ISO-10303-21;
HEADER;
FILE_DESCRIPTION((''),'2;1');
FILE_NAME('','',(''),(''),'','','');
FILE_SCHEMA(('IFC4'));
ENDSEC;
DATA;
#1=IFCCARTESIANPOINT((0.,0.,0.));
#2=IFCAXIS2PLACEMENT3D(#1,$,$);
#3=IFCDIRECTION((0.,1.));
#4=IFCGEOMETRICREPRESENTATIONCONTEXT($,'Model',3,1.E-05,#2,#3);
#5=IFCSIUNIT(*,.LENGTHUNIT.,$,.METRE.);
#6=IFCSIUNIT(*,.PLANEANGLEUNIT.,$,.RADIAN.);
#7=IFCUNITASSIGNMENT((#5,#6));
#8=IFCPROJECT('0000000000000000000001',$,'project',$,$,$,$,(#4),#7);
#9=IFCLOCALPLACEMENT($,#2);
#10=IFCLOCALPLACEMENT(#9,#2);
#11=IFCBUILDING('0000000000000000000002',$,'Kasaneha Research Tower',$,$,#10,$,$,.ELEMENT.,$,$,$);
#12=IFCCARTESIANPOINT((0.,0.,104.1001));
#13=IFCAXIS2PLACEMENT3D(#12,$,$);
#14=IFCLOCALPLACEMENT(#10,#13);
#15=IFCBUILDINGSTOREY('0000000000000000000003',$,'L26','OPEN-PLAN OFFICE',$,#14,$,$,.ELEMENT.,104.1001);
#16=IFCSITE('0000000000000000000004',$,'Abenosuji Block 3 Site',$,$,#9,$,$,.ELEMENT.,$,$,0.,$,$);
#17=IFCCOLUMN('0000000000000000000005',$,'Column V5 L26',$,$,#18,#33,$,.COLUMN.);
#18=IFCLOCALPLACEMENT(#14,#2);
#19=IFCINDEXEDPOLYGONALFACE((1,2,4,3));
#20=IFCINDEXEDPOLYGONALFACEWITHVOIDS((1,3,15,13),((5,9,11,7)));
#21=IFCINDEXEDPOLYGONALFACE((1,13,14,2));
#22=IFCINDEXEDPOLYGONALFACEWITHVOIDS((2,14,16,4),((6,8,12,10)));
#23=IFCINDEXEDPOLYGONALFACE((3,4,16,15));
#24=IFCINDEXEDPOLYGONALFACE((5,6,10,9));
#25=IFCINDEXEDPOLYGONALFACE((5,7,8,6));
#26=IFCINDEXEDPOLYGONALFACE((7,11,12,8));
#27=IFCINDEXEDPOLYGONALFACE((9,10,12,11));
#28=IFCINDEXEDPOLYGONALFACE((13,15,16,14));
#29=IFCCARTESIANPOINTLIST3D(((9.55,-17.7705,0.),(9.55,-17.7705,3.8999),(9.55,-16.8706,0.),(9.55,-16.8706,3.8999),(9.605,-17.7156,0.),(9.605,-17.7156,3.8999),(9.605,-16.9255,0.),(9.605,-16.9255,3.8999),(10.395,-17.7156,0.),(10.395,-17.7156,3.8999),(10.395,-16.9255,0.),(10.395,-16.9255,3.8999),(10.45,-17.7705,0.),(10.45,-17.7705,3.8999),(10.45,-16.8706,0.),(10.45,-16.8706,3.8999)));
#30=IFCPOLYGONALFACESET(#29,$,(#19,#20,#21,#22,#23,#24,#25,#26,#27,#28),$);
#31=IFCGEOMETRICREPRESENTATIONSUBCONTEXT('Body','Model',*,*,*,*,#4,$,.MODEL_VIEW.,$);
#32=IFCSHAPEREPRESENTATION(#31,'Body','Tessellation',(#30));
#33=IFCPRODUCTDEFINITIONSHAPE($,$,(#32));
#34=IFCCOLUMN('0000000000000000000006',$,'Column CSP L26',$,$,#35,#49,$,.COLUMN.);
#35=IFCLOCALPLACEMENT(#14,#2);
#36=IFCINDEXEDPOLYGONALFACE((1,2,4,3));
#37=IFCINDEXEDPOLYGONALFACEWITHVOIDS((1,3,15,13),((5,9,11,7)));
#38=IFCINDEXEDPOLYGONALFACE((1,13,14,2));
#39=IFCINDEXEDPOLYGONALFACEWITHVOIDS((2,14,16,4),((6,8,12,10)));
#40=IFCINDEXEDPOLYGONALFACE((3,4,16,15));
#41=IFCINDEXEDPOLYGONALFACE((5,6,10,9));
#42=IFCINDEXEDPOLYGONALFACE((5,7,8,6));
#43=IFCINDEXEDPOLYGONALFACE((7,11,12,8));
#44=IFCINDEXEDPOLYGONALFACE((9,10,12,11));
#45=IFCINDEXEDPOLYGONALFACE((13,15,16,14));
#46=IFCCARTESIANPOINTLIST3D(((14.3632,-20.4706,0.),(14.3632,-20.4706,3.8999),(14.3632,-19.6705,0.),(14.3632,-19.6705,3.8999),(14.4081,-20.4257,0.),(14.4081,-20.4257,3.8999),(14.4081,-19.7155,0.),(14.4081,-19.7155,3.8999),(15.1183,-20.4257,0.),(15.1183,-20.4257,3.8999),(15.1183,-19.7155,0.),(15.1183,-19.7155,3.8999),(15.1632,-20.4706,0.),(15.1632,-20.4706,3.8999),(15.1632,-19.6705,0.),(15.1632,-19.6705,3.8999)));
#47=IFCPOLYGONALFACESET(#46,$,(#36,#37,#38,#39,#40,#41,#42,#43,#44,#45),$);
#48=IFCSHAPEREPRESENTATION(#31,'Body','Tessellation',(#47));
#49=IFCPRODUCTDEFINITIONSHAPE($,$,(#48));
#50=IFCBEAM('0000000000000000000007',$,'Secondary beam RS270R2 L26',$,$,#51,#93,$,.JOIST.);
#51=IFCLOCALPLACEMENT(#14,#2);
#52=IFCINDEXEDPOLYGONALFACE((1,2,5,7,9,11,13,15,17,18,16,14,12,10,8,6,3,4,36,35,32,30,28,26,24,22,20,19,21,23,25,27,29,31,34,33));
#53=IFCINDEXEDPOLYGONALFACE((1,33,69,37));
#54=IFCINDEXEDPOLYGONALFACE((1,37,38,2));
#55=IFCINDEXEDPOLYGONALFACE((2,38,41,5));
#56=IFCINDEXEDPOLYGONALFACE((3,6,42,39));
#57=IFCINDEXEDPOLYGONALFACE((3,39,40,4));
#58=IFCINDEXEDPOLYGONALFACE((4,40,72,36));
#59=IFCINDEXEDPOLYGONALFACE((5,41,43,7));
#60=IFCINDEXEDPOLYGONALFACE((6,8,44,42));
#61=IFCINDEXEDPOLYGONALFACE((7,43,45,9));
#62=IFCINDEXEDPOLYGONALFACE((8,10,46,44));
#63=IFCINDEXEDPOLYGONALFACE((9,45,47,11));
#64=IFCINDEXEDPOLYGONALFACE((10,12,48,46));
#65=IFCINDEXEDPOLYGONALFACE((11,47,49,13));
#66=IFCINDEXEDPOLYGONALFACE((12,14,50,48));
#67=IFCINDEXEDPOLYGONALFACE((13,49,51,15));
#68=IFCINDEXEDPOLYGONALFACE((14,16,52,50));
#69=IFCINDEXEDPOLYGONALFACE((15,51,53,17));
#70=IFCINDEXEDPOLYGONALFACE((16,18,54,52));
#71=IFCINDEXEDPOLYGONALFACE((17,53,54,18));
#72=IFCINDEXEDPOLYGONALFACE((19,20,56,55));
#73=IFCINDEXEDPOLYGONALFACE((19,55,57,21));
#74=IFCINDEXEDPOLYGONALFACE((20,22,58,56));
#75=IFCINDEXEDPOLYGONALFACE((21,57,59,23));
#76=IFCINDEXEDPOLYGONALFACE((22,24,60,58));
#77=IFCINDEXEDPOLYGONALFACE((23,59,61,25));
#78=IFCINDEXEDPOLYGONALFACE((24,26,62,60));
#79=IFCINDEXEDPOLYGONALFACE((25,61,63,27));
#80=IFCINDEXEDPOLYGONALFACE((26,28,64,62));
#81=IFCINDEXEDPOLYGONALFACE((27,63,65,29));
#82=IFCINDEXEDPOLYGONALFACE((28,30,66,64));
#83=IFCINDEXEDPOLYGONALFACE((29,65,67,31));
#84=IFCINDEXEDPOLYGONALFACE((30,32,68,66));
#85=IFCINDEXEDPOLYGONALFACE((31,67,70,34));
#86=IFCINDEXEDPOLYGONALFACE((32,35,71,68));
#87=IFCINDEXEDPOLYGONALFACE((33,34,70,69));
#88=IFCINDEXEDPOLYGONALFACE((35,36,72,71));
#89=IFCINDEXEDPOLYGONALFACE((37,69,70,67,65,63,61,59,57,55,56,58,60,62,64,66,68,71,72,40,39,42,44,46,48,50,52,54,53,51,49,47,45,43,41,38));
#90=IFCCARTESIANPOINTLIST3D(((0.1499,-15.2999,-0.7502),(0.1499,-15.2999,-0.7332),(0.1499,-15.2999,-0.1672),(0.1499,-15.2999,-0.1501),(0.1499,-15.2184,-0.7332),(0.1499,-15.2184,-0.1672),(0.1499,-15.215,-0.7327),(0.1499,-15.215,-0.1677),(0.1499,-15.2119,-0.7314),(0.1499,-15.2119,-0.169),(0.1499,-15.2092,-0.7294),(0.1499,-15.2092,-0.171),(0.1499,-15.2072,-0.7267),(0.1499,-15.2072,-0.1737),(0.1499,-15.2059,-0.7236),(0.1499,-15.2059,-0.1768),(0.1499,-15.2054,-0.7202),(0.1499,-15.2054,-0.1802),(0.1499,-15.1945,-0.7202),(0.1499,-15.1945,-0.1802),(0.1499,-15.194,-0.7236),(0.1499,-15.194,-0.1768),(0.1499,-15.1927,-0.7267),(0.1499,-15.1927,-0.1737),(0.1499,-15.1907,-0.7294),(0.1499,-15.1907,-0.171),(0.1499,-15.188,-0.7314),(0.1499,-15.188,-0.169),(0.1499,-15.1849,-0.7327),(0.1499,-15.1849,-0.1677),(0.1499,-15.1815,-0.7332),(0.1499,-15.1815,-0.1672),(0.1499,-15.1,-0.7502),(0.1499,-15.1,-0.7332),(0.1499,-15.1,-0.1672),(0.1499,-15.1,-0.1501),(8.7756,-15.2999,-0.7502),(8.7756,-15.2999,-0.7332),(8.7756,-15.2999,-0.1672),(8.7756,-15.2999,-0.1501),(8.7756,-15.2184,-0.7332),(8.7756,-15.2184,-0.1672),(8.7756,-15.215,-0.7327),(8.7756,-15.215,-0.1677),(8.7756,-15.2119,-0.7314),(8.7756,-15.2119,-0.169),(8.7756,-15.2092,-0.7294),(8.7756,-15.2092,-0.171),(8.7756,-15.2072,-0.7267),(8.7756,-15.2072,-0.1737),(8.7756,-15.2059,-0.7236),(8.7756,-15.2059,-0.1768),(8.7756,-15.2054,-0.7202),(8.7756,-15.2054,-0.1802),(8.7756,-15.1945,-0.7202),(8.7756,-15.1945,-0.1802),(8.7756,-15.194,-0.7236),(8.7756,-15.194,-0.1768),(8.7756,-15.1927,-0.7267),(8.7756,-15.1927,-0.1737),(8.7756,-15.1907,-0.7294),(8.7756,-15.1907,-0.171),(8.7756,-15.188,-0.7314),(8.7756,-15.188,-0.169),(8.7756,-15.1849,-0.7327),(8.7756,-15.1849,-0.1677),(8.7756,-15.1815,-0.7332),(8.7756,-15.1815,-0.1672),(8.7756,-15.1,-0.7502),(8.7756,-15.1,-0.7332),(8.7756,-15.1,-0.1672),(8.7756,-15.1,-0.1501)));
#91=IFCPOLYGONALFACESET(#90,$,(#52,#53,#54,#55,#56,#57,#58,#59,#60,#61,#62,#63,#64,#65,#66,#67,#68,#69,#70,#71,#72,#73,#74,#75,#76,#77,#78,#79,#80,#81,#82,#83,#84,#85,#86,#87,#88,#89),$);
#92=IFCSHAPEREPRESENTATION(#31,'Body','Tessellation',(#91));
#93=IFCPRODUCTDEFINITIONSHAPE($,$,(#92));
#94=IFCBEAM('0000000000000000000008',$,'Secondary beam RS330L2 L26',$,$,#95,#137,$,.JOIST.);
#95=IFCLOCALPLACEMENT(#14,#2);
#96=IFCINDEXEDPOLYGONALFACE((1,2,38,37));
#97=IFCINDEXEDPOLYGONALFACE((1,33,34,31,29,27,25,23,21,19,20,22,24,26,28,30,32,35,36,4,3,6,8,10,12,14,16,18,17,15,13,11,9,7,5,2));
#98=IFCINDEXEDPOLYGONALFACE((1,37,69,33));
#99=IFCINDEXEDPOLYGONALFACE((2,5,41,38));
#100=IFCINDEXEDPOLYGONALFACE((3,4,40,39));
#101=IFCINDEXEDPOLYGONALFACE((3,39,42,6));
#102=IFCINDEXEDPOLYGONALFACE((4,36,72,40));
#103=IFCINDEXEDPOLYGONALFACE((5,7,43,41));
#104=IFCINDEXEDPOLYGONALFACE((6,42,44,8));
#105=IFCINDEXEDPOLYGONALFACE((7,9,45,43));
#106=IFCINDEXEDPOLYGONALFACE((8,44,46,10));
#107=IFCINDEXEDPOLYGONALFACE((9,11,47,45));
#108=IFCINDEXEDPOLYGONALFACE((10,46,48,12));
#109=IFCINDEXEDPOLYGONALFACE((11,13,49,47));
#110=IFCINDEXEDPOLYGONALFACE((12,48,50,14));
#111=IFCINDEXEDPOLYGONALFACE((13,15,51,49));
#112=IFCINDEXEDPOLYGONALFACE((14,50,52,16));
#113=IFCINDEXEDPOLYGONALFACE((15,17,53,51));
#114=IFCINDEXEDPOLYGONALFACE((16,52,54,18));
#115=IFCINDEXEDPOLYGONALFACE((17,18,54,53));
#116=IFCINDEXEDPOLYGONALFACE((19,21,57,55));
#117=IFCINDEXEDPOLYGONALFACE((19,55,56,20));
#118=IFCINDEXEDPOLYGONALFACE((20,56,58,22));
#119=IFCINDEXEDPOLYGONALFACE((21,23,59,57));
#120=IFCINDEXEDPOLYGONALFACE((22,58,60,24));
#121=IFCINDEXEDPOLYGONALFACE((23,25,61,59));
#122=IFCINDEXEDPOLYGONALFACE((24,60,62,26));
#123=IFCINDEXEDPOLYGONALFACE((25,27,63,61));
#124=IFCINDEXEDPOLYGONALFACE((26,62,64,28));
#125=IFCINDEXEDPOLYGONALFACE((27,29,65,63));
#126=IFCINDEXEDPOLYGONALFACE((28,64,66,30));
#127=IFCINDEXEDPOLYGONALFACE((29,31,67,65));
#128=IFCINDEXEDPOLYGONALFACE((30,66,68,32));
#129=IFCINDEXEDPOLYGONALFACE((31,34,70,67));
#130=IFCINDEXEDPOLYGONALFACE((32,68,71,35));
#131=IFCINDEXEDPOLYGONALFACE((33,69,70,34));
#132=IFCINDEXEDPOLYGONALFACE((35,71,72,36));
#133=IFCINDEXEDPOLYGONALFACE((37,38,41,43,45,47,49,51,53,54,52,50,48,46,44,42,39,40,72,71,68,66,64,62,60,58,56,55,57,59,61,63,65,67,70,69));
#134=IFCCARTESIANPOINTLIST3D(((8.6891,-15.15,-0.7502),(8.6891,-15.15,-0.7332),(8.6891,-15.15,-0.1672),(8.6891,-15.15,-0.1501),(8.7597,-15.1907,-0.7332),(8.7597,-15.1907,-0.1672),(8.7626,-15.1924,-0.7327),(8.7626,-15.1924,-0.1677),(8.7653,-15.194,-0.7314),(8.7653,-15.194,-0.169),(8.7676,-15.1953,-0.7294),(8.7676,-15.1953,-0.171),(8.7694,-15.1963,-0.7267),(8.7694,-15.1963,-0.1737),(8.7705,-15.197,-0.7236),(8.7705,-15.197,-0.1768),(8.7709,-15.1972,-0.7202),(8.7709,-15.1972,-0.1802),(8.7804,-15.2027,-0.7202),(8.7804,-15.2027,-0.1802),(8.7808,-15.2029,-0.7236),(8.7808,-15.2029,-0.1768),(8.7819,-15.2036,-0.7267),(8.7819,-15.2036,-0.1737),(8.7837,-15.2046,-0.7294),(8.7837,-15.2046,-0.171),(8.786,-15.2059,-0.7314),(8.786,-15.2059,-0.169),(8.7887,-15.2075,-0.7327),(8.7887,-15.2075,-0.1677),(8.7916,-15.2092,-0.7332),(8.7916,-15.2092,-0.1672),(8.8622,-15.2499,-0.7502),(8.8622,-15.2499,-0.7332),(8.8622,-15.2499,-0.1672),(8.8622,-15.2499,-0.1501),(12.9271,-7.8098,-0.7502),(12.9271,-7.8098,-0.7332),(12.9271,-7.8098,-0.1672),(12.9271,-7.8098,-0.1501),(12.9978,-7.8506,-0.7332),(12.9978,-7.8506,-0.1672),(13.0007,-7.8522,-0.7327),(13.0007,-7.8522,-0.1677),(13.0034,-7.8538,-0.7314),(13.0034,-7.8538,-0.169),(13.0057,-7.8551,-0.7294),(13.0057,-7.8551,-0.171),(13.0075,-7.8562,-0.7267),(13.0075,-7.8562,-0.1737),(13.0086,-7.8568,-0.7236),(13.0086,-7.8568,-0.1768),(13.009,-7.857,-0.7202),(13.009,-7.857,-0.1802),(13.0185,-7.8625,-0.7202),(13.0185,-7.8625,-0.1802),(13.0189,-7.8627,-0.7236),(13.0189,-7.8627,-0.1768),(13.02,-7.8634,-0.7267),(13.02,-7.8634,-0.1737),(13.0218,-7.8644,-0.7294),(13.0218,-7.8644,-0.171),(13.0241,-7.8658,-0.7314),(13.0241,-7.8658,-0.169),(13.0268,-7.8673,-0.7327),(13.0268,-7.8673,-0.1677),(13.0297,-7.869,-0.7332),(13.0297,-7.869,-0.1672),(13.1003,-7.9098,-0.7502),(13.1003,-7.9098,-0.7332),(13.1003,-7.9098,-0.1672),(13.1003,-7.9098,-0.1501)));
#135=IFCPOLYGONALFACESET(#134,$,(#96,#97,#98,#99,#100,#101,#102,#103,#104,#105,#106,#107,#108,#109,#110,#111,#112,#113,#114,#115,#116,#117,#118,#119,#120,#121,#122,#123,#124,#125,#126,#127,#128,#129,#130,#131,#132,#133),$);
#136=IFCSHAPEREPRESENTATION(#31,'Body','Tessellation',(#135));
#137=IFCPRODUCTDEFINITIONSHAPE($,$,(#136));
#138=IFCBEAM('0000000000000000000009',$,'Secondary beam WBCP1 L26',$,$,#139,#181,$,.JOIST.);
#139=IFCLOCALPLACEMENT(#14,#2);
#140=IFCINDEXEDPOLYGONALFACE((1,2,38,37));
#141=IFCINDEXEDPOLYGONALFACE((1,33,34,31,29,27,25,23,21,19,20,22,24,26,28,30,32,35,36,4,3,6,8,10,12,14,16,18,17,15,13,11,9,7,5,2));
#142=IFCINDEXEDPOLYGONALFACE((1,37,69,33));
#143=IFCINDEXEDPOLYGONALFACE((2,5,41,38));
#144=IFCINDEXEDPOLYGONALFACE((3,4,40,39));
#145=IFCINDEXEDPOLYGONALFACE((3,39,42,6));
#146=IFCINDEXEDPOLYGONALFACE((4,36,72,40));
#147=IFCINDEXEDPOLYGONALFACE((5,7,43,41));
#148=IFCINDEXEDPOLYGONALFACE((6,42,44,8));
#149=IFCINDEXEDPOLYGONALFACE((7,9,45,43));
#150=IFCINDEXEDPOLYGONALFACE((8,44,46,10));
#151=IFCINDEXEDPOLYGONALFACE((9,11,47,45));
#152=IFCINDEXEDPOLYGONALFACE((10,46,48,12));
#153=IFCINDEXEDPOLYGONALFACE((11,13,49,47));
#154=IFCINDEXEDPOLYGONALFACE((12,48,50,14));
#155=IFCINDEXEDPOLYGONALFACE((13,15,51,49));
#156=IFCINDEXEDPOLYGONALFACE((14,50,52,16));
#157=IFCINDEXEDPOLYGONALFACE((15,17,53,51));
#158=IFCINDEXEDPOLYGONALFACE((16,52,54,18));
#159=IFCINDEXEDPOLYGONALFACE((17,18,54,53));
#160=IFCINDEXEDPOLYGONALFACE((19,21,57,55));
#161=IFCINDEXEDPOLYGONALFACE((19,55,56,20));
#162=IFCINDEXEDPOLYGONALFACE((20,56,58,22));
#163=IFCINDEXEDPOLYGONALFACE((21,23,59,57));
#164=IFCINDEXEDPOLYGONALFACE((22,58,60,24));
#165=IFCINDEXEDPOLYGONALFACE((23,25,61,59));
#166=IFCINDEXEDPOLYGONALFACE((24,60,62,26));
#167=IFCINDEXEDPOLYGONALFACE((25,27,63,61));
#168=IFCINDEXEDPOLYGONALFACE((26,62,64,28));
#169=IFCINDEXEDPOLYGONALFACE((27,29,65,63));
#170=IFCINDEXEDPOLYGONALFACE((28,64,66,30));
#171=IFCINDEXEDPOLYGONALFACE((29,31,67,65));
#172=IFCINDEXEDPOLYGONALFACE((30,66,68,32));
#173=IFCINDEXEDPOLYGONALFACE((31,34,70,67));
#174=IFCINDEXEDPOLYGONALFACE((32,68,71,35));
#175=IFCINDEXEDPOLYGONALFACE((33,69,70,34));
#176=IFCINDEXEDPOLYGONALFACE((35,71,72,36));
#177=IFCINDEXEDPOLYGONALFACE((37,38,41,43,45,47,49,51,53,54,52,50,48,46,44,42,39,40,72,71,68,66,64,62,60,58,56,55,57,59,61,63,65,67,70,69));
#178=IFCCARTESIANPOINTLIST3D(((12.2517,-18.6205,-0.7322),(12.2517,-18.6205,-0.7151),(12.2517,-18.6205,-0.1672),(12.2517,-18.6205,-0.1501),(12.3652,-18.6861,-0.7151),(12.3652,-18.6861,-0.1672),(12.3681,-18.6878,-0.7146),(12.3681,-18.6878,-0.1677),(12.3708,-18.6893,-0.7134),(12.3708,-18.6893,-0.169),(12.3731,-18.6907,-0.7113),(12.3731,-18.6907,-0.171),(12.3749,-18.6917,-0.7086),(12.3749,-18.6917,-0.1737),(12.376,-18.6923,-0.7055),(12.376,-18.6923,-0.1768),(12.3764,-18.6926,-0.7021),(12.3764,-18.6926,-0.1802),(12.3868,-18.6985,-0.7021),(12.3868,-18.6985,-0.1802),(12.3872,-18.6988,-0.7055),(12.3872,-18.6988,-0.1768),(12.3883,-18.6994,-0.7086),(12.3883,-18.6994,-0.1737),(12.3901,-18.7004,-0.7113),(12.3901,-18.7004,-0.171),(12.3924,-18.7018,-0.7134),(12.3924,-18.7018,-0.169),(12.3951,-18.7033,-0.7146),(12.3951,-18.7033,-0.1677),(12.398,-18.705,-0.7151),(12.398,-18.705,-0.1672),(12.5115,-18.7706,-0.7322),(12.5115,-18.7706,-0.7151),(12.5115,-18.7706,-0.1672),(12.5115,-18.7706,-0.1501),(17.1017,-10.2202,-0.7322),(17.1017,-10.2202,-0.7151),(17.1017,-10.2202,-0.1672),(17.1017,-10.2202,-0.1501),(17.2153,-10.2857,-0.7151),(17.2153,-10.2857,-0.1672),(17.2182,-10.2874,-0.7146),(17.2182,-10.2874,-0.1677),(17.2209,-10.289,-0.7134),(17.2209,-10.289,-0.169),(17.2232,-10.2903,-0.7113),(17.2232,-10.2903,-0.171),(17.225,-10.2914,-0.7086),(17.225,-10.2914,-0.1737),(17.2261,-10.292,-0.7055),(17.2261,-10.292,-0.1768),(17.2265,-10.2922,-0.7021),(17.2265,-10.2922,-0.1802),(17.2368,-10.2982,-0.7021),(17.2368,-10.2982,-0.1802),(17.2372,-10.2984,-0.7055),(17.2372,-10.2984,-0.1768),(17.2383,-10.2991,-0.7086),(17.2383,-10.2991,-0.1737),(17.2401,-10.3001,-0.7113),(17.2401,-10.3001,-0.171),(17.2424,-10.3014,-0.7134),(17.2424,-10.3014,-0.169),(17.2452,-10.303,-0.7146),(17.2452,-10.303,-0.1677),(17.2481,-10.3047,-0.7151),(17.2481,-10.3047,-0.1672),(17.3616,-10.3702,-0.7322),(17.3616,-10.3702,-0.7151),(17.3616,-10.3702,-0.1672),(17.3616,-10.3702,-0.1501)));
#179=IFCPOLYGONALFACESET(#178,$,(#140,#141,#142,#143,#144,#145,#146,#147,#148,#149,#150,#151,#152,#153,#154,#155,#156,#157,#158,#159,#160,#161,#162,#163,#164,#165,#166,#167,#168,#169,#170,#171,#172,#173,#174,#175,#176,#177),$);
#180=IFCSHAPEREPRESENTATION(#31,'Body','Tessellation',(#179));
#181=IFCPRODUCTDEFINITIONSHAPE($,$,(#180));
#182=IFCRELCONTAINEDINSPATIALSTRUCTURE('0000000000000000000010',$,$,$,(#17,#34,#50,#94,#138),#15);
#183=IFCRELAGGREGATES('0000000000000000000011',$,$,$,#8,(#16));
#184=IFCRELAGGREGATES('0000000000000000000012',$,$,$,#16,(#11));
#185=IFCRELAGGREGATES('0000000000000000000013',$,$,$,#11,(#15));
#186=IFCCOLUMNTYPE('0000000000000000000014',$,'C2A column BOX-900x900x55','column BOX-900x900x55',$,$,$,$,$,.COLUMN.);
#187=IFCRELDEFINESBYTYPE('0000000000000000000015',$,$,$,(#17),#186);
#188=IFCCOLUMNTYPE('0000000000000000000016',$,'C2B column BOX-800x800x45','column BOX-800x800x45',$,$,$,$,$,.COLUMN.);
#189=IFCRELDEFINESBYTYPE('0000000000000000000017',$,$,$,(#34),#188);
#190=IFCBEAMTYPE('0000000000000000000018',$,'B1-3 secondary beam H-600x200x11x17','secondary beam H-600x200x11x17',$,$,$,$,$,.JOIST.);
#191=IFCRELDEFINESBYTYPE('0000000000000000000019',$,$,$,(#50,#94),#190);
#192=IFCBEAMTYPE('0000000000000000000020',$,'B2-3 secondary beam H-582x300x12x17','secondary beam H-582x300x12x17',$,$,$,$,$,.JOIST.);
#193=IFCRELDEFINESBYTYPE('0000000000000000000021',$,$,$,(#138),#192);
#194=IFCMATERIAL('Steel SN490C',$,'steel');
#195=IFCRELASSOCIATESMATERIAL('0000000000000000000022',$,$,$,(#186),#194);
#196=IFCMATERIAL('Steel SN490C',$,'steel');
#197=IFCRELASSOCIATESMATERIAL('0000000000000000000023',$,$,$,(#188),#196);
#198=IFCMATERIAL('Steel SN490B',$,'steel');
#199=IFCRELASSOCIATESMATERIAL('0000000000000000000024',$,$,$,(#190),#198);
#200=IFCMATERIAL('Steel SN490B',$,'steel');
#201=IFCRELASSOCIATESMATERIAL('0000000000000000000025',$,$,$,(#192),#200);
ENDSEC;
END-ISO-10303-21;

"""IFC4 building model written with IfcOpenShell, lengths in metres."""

from ifc_helpers import new_model, si_unit, direction, frame, origin, origin_2d, place, context, subcontext, project, spatial, hollow_rectangle, i_section, extrude, material, material_profile, profile_set, type_object, element, save


model = new_model("IFC4")

# Units and contexts
model_context = context("Model", 3, precision=1e-05, world=origin(), true_north=direction((0.0, 1.0)))
body_context = subcontext(model_context, "Body", "Model", "MODEL_VIEW")
ifc_project = project(units=[si_unit("LENGTHUNIT", "METRE"), si_unit("PLANEANGLEUNIT", "RADIAN")], contexts=[model_context])

# Site, building, storey
site_placement = place(None, origin())
site = spatial("IfcSite", under=ifc_project, at=site_placement, Name="Abenosuji Block 3 Site", CompositionType="ELEMENT", RefElevation=0.0)
building_placement = place(site_placement, origin())
building = spatial("IfcBuilding", under=site, at=building_placement, Name="Kasaneha Research Tower", CompositionType="ELEMENT")
storey_placement = place(building_placement, frame((0.0, 0.0, 104.1001)))
storey = spatial("IfcBuildingStorey", under=building, at=storey_placement, Name="L26", Description="OPEN-PLAN OFFICE", CompositionType="ELEMENT", Elevation=104.1001)

# Columns
ifc_material_1 = material(Name="Steel SN490C", Category="steel")
ifc_material_profile_1 = material_profile(ifc_material_1, hollow_rectangle(XDim=0.8999, YDim=0.8999, WallThickness=0.0549, at=origin_2d()), Name="BOX-900x900x55")
ifc_profile_set_1 = profile_set([ifc_material_profile_1], Name="Steel SN490C")
column_type_1 = type_object("IfcColumnType", Name="C2A column BOX-900x900x55", Description="column BOX-900x900x55", PredefinedType="COLUMN", material=ifc_profile_set_1)
column_1_placement = place(storey_placement, frame((10.0, -17.3206, 0.0), z_axis=(0.0, 0.0, 1.0), x_axis=(1.0, 0.0, 0.0)))
element("IfcColumn", 1, at=column_1_placement, inside=storey, type_object=column_type_1, Name="Column V5 L26", PredefinedType="COLUMN", context=body_context, shape_type="SweptSolid", body=[
    extrude(hollow_rectangle(XDim=0.8999, YDim=0.8999, WallThickness=0.0549, at=origin_2d()), origin(), (0.0, 0.0, 1.0), 3.8999),
])
ifc_material_2 = material(Name="Steel SN490C", Category="steel")
ifc_material_profile_2 = material_profile(ifc_material_2, hollow_rectangle(XDim=0.8, YDim=0.8, WallThickness=0.0449, at=origin_2d()), Name="BOX-800x800x45")
ifc_profile_set_2 = profile_set([ifc_material_profile_2], Name="Steel SN490C")
column_type_2 = type_object("IfcColumnType", Name="C2B column BOX-800x800x45", Description="column BOX-800x800x45", PredefinedType="COLUMN", material=ifc_profile_set_2)
column_2_placement = place(storey_placement, frame((14.7632, -20.0706, 0.0), z_axis=(0.0, 0.0, 1.0), x_axis=(1.0, 0.0, 0.0)))
element("IfcColumn", 2, at=column_2_placement, inside=storey, type_object=column_type_2, Name="Column CSP L26", PredefinedType="COLUMN", context=body_context, shape_type="SweptSolid", body=[
    extrude(hollow_rectangle(XDim=0.8, YDim=0.8, WallThickness=0.0449, at=origin_2d()), origin(), (0.0, 0.0, 1.0), 3.8999),
])

# Beams
ifc_material_3 = material(Name="Steel SN490B", Category="steel")
ifc_material_profile_3 = material_profile(ifc_material_3, i_section(OverallWidth=0.2, OverallDepth=0.6001, WebThickness=0.011, FlangeThickness=0.0171, FilletRadius=0.0129, at=origin_2d()), Name="H-600x200x11x17")
ifc_profile_set_3 = profile_set([ifc_material_profile_3], Name="Steel SN490B")
beam_type_1 = type_object("IfcBeamType", Name="B1-3 secondary beam H-600x200x11x17", Description="secondary beam H-600x200x11x17", PredefinedType="JOIST", material=ifc_profile_set_3)
beam_1_placement = place(storey_placement, frame((8.7756, -15.2, -0.4502), z_axis=(-1.0, 0.0, 0.0), x_axis=(0.0, -1.0, 0.0)))
element("IfcBeam", 3, at=beam_1_placement, inside=storey, type_object=beam_type_1, Name="Secondary beam RS270R2 L26", PredefinedType="JOIST", context=body_context, shape_type="SweptSolid", body=[
    extrude(i_section(OverallWidth=0.2, OverallDepth=0.6001, WebThickness=0.011, FlangeThickness=0.0171, FilletRadius=0.0129, at=origin_2d()), origin(), (0.0, 0.0, 1.0), 8.6257),
])
beam_2_placement = place(storey_placement, frame((8.7756, -15.2, -0.4502), z_axis=(0.500021, 0.866013, 0.0), x_axis=(-0.866013, 0.500021, 0.0)))
element("IfcBeam", 4, at=beam_2_placement, inside=storey, type_object=beam_type_1, Name="Secondary beam RS330L2 L26", PredefinedType="JOIST", context=body_context, shape_type="SweptSolid", body=[
    extrude(i_section(OverallWidth=0.2, OverallDepth=0.6001, WebThickness=0.011, FlangeThickness=0.0171, FilletRadius=0.0129, at=origin_2d()), origin(), (0.0, 0.0, 1.0), 8.4758),
])
ifc_material_4 = material(Name="Steel SN490B", Category="steel")
ifc_material_profile_4 = material_profile(ifc_material_4, i_section(OverallWidth=0.3, OverallDepth=0.582, WebThickness=0.012, FlangeThickness=0.0171, FilletRadius=0.0129, at=origin_2d()), Name="H-582x300x12x17")
ifc_profile_set_4 = profile_set([ifc_material_profile_4], Name="Steel SN490B")
beam_type_2 = type_object("IfcBeamType", Name="B2-3 secondary beam H-582x300x12x17", Description="secondary beam H-582x300x12x17", PredefinedType="JOIST", material=ifc_profile_set_4)
beam_3_placement = place(storey_placement, frame((12.3816, -18.6956, -0.4412), z_axis=(0.50001, 0.86602, 0.0), x_axis=(-0.86602, 0.50001, 0.0)))
element("IfcBeam", 5, at=beam_3_placement, inside=storey, type_object=beam_type_2, Name="Secondary beam WBCP1 L26", PredefinedType="JOIST", context=body_context, shape_type="SweptSolid", body=[
    extrude(i_section(OverallWidth=0.3, OverallDepth=0.582, WebThickness=0.012, FlangeThickness=0.0171, FilletRadius=0.0129, at=origin_2d()), origin(), (0.0, 0.0, 1.0), 9.7),
])

save(model, "model.ifc")
